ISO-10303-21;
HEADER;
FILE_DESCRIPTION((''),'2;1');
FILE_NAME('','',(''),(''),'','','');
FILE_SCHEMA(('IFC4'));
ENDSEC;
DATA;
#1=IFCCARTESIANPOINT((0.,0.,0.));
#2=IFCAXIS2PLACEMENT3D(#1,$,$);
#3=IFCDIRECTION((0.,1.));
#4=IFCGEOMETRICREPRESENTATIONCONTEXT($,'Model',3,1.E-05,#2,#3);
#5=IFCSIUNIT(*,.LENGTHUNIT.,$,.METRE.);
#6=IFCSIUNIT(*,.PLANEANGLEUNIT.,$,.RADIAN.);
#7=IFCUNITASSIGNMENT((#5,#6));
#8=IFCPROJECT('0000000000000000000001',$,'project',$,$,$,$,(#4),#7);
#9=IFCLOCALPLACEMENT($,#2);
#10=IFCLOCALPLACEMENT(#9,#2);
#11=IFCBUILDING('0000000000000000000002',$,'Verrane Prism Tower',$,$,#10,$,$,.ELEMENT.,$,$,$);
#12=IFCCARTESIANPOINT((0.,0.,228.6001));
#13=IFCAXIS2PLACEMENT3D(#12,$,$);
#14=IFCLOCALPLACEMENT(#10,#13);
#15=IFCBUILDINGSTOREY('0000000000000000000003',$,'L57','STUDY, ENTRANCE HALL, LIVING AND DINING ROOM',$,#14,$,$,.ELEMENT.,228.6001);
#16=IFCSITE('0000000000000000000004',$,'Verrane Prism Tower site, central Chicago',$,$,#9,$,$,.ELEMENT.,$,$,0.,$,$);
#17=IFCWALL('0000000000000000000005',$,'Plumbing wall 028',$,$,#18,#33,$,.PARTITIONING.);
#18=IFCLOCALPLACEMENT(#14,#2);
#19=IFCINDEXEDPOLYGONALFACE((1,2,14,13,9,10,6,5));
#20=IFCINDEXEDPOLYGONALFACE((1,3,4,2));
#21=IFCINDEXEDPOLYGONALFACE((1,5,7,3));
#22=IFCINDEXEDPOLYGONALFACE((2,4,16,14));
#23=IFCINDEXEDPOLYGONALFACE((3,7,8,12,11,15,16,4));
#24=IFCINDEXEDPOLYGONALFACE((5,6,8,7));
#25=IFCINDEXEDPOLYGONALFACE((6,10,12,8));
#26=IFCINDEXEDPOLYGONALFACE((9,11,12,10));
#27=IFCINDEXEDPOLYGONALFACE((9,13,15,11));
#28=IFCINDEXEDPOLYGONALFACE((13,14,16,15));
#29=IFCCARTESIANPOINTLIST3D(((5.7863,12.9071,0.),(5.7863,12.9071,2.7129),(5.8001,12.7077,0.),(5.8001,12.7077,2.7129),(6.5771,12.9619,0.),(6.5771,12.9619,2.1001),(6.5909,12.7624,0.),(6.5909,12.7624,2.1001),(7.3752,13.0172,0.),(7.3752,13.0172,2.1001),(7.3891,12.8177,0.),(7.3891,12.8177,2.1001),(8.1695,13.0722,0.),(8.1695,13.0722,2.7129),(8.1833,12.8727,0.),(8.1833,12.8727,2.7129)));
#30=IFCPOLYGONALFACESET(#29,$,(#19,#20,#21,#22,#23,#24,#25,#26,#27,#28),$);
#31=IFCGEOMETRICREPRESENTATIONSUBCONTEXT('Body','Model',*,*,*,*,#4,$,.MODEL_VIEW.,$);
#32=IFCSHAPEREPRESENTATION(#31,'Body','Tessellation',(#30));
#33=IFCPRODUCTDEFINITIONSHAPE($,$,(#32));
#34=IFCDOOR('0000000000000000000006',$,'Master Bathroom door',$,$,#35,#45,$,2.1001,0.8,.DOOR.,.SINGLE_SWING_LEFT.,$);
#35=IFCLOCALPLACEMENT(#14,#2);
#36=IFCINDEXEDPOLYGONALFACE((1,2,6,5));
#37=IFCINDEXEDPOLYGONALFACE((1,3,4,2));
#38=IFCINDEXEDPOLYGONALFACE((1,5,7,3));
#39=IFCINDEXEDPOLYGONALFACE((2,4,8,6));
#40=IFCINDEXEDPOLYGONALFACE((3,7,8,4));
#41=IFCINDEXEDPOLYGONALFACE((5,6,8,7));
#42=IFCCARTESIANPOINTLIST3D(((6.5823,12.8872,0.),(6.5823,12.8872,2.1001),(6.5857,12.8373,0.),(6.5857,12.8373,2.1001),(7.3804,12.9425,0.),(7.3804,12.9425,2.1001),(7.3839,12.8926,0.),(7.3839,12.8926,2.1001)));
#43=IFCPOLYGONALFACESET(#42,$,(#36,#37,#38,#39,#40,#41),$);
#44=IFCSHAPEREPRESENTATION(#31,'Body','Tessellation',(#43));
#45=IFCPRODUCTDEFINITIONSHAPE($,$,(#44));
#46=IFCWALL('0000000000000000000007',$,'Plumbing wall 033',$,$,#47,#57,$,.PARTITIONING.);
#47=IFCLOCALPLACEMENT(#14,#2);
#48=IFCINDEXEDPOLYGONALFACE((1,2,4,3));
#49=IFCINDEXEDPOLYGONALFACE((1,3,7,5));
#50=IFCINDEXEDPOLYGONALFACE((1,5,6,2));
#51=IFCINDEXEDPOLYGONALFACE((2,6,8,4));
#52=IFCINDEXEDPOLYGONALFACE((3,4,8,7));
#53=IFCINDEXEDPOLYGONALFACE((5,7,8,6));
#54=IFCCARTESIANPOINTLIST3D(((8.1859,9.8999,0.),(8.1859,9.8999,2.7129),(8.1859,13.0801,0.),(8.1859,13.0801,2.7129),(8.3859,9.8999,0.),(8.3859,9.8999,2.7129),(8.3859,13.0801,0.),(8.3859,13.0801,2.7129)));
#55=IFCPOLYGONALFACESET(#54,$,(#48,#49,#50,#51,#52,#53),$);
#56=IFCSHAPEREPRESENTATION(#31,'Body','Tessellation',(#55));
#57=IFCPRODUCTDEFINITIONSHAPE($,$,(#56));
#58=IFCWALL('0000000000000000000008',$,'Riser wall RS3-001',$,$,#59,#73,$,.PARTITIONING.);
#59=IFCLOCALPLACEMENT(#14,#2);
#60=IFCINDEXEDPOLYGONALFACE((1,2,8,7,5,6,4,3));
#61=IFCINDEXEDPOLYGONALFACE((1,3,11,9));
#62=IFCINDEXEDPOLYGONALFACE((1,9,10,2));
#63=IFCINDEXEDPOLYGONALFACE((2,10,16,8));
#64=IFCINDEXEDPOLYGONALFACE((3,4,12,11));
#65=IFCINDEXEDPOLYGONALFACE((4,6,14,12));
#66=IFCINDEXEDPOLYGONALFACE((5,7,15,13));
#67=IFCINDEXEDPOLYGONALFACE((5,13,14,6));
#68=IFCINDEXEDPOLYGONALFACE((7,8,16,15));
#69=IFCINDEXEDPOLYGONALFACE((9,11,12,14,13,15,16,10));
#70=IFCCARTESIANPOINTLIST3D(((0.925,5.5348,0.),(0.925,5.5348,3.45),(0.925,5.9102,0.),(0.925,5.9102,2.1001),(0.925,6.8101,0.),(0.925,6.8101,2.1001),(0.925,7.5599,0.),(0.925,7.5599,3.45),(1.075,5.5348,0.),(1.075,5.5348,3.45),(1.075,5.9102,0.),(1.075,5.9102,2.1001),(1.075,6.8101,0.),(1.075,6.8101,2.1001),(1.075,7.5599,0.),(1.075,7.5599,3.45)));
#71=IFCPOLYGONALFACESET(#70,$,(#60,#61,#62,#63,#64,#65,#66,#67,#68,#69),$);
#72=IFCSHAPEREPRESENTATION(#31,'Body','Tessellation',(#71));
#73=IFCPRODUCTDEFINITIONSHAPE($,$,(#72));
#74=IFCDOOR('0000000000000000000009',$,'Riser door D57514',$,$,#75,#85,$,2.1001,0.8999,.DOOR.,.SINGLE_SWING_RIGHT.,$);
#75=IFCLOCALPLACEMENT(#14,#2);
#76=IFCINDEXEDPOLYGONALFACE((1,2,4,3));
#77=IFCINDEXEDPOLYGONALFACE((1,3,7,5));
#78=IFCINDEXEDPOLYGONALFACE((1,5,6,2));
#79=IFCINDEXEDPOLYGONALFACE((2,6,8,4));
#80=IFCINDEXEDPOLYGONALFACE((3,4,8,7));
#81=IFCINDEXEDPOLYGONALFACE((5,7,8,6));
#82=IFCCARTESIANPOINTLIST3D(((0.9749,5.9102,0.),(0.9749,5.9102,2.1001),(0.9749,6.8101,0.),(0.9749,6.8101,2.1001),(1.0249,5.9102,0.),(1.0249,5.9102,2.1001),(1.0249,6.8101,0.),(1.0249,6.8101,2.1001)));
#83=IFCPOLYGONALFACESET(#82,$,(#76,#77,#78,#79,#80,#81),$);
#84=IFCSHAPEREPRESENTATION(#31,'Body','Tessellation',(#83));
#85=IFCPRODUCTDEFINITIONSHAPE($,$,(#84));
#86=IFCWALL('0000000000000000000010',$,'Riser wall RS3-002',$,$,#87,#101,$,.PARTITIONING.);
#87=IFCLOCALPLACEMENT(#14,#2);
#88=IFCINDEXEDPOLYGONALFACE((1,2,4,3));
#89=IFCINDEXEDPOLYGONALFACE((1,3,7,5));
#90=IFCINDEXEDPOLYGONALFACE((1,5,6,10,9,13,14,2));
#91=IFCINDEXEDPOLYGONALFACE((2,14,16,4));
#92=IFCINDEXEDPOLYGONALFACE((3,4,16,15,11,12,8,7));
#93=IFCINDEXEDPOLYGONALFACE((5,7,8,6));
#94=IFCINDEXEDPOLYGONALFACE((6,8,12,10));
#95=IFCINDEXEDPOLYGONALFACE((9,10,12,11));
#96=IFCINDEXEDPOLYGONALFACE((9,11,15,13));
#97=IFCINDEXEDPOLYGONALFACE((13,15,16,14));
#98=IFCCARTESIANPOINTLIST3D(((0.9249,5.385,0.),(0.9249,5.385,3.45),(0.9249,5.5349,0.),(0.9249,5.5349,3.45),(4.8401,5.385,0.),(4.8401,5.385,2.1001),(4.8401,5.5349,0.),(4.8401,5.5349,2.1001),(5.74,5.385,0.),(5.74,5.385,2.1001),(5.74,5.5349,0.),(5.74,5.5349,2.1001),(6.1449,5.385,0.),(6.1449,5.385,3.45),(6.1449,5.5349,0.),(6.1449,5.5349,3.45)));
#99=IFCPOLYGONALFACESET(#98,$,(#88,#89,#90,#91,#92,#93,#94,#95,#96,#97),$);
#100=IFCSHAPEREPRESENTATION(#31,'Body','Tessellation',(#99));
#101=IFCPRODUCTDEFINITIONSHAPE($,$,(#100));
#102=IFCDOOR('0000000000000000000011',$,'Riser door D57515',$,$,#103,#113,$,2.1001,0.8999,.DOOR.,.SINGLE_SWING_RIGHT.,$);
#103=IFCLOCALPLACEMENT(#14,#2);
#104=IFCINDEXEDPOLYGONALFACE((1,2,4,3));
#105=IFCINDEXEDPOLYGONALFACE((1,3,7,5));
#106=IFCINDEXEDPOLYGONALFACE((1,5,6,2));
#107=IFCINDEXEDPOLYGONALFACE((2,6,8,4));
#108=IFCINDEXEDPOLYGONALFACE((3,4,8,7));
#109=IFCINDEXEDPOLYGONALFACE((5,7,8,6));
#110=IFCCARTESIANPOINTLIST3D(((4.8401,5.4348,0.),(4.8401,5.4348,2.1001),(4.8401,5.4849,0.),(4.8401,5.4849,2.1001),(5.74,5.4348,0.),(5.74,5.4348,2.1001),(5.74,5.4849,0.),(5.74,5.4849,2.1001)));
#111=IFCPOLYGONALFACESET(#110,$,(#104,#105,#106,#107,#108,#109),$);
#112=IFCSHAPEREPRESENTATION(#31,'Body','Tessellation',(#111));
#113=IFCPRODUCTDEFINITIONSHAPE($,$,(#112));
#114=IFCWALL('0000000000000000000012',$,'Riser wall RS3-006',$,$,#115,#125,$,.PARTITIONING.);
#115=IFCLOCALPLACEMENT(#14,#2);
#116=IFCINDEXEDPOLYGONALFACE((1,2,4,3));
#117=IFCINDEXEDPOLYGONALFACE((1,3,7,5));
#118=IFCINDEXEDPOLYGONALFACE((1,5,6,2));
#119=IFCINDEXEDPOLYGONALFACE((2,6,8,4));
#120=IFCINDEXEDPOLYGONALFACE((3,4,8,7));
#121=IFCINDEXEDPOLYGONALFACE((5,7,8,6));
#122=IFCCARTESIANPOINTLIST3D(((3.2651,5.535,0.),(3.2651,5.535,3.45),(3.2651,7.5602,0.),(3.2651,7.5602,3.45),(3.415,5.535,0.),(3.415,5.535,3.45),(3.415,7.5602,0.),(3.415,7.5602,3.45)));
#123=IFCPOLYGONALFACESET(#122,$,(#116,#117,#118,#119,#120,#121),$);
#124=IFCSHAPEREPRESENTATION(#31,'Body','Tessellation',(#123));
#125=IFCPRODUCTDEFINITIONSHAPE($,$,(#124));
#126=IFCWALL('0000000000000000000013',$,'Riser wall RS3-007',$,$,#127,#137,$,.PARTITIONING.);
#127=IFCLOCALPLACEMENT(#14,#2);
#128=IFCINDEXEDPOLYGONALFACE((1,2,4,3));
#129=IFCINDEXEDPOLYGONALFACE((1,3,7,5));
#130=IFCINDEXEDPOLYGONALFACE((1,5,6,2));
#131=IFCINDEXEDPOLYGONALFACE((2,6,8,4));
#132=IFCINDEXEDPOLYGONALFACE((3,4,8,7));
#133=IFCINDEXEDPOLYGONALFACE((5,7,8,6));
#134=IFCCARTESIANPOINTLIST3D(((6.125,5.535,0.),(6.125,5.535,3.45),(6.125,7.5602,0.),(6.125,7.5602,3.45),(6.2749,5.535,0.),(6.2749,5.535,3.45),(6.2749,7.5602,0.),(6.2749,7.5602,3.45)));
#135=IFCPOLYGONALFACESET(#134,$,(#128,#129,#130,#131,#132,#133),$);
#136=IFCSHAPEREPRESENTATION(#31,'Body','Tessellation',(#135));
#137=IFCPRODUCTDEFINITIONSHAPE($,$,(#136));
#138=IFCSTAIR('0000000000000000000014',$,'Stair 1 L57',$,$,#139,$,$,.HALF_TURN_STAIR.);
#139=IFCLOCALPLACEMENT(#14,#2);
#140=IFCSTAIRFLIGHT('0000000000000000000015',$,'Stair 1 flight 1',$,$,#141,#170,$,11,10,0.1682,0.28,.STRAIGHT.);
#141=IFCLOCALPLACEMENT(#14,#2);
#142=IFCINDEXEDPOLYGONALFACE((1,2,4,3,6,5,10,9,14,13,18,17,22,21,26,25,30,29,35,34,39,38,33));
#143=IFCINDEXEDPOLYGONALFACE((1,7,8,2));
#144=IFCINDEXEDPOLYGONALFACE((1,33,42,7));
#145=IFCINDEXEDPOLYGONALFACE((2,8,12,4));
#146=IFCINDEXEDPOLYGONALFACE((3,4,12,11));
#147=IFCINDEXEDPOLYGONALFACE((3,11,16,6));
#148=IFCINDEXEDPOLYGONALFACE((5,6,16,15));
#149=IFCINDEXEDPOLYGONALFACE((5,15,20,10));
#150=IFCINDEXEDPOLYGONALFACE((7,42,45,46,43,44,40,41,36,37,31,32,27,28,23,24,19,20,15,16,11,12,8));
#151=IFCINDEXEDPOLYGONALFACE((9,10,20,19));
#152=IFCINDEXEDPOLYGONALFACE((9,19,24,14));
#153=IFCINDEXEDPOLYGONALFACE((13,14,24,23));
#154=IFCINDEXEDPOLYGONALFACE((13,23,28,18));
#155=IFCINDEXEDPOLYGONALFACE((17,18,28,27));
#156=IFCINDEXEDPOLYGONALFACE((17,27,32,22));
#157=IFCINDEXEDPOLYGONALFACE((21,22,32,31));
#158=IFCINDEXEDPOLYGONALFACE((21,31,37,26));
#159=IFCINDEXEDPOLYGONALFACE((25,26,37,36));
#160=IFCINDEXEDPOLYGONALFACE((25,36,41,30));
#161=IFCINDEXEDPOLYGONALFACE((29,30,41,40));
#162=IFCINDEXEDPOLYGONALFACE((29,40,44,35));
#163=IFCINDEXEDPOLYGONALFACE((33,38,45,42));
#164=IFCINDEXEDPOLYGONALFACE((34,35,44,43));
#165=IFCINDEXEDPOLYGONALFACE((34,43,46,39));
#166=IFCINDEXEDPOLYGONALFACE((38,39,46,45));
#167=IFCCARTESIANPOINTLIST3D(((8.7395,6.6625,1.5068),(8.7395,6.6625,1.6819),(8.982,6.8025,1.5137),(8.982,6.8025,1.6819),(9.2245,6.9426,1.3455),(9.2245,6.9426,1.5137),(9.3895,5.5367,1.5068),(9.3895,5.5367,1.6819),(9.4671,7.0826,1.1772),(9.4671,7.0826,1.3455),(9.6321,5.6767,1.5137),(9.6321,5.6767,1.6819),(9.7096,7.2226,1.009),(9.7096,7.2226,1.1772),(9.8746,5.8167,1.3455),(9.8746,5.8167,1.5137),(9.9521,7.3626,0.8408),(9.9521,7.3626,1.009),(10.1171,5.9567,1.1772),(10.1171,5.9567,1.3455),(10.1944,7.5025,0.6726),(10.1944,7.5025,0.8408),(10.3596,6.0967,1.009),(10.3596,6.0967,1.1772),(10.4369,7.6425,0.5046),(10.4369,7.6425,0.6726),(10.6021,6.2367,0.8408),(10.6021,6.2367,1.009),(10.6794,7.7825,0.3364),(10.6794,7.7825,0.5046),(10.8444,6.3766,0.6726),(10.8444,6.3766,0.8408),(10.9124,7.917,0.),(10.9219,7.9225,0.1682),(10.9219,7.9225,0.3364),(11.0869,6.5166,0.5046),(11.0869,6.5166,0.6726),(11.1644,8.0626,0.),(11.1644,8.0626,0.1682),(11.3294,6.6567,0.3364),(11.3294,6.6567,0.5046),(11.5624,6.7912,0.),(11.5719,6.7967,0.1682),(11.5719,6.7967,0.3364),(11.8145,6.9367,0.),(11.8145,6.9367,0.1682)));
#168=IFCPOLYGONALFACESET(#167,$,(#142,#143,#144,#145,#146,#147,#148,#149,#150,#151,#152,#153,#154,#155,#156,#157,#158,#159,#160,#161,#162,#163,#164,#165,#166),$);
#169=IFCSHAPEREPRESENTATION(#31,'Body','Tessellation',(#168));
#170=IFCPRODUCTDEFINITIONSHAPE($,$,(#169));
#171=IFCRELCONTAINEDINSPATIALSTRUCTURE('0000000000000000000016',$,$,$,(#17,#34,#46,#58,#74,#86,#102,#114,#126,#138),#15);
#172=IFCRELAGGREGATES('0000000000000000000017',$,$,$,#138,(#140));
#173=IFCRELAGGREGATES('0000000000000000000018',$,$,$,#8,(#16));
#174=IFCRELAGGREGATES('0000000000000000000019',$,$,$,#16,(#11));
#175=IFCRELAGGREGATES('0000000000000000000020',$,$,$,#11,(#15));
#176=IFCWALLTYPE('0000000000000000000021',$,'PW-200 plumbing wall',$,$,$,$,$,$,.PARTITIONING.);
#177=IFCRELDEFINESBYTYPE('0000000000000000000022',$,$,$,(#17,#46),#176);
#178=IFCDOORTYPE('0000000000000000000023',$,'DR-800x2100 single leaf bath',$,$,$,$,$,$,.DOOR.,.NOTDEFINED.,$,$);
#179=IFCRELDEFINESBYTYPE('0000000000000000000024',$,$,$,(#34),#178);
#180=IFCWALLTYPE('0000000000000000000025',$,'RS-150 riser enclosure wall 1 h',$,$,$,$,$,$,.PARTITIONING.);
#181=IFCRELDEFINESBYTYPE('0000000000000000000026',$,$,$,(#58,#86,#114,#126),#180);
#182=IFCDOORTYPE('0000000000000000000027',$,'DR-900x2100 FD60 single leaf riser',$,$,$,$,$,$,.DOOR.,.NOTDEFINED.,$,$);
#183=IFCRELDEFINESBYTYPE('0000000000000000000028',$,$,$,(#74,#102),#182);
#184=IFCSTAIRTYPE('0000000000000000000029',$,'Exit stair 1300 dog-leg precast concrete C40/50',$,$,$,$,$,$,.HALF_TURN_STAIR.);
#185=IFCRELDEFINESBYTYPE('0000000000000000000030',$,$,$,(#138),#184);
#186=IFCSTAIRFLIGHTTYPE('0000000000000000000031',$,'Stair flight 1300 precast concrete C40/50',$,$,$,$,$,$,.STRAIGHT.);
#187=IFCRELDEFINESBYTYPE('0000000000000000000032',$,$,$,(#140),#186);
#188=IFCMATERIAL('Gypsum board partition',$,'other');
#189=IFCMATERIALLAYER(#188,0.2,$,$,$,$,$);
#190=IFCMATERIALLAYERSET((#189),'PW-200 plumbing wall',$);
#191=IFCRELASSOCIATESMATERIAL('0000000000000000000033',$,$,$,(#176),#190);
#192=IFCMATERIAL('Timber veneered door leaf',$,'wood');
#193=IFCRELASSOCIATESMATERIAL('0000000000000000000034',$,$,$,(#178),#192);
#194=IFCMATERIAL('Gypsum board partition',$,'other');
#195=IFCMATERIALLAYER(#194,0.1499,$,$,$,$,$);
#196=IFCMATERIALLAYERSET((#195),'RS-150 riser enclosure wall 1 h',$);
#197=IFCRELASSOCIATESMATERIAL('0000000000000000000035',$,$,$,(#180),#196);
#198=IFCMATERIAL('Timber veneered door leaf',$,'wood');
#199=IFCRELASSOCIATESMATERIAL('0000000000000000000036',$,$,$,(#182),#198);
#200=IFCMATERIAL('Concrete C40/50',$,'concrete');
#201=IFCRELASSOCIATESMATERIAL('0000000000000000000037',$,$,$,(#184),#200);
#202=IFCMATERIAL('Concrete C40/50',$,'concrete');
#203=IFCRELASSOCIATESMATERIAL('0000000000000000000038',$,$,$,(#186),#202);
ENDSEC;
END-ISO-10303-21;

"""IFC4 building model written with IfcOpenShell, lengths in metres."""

from ifc_helpers import new_model, si_unit, direction, frame, frame_2d, origin, place, context, subcontext, project, spatial, polyline, rectangle, outline, extrude, material, layer, layer_set, type_object, element, fill, aggregate, save


model = new_model("IFC4")

# Units and contexts
model_context = context("Model", 3, precision=1e-05, world=origin(), true_north=direction((0.0, 1.0)))
body_context = subcontext(model_context, "Body", "Model", "MODEL_VIEW")
ifc_project = project(units=[si_unit("LENGTHUNIT", "METRE"), si_unit("PLANEANGLEUNIT", "RADIAN")], contexts=[model_context])

# Site, building, storey
site_placement = place(None, origin())
site = spatial("IfcSite", under=ifc_project, at=site_placement, Name="Verrane Prism Tower site, central Chicago", CompositionType="ELEMENT", RefElevation=0.0)
building_placement = place(site_placement, origin())
building = spatial("IfcBuilding", under=site, at=building_placement, Name="Verrane Prism Tower", CompositionType="ELEMENT")
storey_placement = place(building_placement, frame((0.0, 0.0, 228.6001)))
storey = spatial("IfcBuildingStorey", under=building, at=storey_placement, Name="L57", Description="STUDY, ENTRANCE HALL, LIVING AND DINING ROOM", CompositionType="ELEMENT", Elevation=228.6001)

# Shared definitions
ifc_material_1 = material(Name="Gypsum board partition", Category="other")
ifc_layer_1 = layer(ifc_material_1, 0.2)
ifc_layer_set_1 = layer_set([ifc_layer_1], Name="PW-200 plumbing wall")
wall_type_1 = type_object("IfcWallType", Name="PW-200 plumbing wall", PredefinedType="PARTITIONING", material=ifc_layer_set_1)

# Shared definitions
ifc_material_2 = material(Name="Timber veneered door leaf", Category="wood")
door_type_1 = type_object("IfcDoorType", Name="DR-800x2100 single leaf bath", OperationType="NOTDEFINED", PredefinedType="DOOR", material=ifc_material_2)

# Wall, opening, door
wall_1_placement = place(storey_placement, frame((8.1763, 12.9724, 0.0), z_axis=(0.0, 0.0, 1.0), x_axis=(-0.997611, -0.069083, 0.0)))
wall_1 = element("IfcWall", 1, at=wall_1_placement, inside=storey, type_object=wall_type_1, Name="Plumbing wall 028", PredefinedType="PARTITIONING", context=body_context, shape_type="SweptSolid", body=[
    extrude(rectangle(XDim=2.3889, YDim=0.2, at=frame_2d((1.1943, 0.0))), origin(), (0.0, 0.0, 1.0), 2.7129),
])
opening_1_placement = place(wall_1_placement, frame((0.7961, 0.0, 0.0)))
opening_1 = element("IfcOpeningElement", 2, at=opening_1_placement, cuts=wall_1, PredefinedType="OPENING", context=body_context, shape_type="SweptSolid", body=[
    extrude(rectangle(XDim=0.8, YDim=2.1001, at=frame_2d((0.3999, 1.05))), frame((0.0, 0.1099, 0.0), z_axis=(0.0, -1.0, 0.0), x_axis=(1.0, 0.0, 0.0)), (0.0, 0.0, 1.0), 0.22),
])
door_1_placement = place(opening_1_placement, origin())
door_1 = element("IfcDoor", 3, at=door_1_placement, inside=storey, type_object=door_type_1, Name="Master Bathroom door", OperationType="SINGLE_SWING_LEFT", OverallHeight=2.1001, OverallWidth=0.8, PredefinedType="DOOR", context=body_context, shape_type="SweptSolid", body=[
    extrude(rectangle(XDim=0.8, YDim=2.1001, at=frame_2d((0.3999, 1.05))), frame((0.0, 0.0249, 0.0), z_axis=(0.0, -1.0, 0.0), x_axis=(1.0, 0.0, 0.0)), (0.0, 0.0, 1.0), 0.05),
])
fill(opening_1, door_1)

# Wall
wall_2_placement = place(storey_placement, frame((8.2859, 9.8999, 0.0), z_axis=(0.0, 0.0, 1.0), x_axis=(0.0, 1.0, 0.0)))
element("IfcWall", 4, at=wall_2_placement, inside=storey, type_object=wall_type_1, Name="Plumbing wall 033", PredefinedType="PARTITIONING", context=body_context, shape_type="SweptSolid", body=[
    extrude(rectangle(XDim=3.1802, YDim=0.2, at=frame_2d((1.5901, 0.0))), origin(), (0.0, 0.0, 1.0), 2.7129),
])

# Walls, openings, doors
ifc_material_3 = material(Name="Gypsum board partition", Category="other")
ifc_layer_2 = layer(ifc_material_3, 0.1499)
ifc_layer_set_2 = layer_set([ifc_layer_2], Name="RS-150 riser enclosure wall 1 h")
wall_type_2 = type_object("IfcWallType", Name="RS-150 riser enclosure wall 1 h", PredefinedType="PARTITIONING", material=ifc_layer_set_2)
wall_3_placement = place(storey_placement, frame((1.0, 7.5601, 0.0), z_axis=(0.0, 0.0, 1.0), x_axis=(0.0, -1.0, 0.0)))
wall_3 = element("IfcWall", 5, at=wall_3_placement, inside=storey, type_object=wall_type_2, Name="Riser wall RS3-001", PredefinedType="PARTITIONING", context=body_context, shape_type="SweptSolid", body=[
    extrude(rectangle(XDim=2.0251, YDim=0.1499, at=frame_2d((1.0127, 0.0))), origin(), (0.0, 0.0, 1.0), 3.45),
])
opening_2_placement = place(wall_3_placement, frame((0.75, 0.0, 0.0)))
opening_2 = element("IfcOpeningElement", 6, at=opening_2_placement, cuts=wall_3, PredefinedType="OPENING", context=body_context, shape_type="SweptSolid", body=[
    extrude(rectangle(XDim=0.8999, YDim=2.1001, at=frame_2d((0.45, 1.05))), frame((0.0, 0.085, 0.0), z_axis=(0.0, -1.0, 0.0), x_axis=(1.0, 0.0, 0.0)), (0.0, 0.0, 1.0), 0.1699),
])
ifc_material_4 = material(Name="Timber veneered door leaf", Category="wood")
door_type_2 = type_object("IfcDoorType", Name="DR-900x2100 FD60 single leaf riser", OperationType="NOTDEFINED", PredefinedType="DOOR", material=ifc_material_4)
door_2_placement = place(opening_2_placement, origin())
door_2 = element("IfcDoor", 7, at=door_2_placement, inside=storey, type_object=door_type_2, Name="Riser door D57514", OperationType="SINGLE_SWING_RIGHT", OverallHeight=2.1001, OverallWidth=0.8999, PredefinedType="DOOR", context=body_context, shape_type="SweptSolid", body=[
    extrude(rectangle(XDim=0.8999, YDim=2.1001, at=frame_2d((0.45, 1.05))), frame((0.0, 0.0249, 0.0), z_axis=(0.0, -1.0, 0.0), x_axis=(1.0, 0.0, 0.0)), (0.0, 0.0, 1.0), 0.05),
])
fill(opening_2, door_2)
wall_4_placement = place(storey_placement, frame((0.925, 5.46, 0.0), z_axis=(0.0, 0.0, 1.0), x_axis=(1.0, 0.0, 0.0)))
wall_4 = element("IfcWall", 8, at=wall_4_placement, inside=storey, type_object=wall_type_2, Name="Riser wall RS3-002", PredefinedType="PARTITIONING", context=body_context, shape_type="SweptSolid", body=[
    extrude(rectangle(XDim=5.22, YDim=0.1499, at=frame_2d((2.6099, 0.0))), origin(), (0.0, 0.0, 1.0), 3.45),
])
opening_3_placement = place(wall_4_placement, frame((3.915, 0.0, 0.0)))
opening_3 = element("IfcOpeningElement", 9, at=opening_3_placement, cuts=wall_4, PredefinedType="OPENING", context=body_context, shape_type="SweptSolid", body=[
    extrude(rectangle(XDim=0.8999, YDim=2.1001, at=frame_2d((0.45, 1.05))), frame((0.0, 0.085, 0.0), z_axis=(0.0, -1.0, 0.0), x_axis=(1.0, 0.0, 0.0)), (0.0, 0.0, 1.0), 0.1699),
])
door_3_placement = place(opening_3_placement, origin())
door_3 = element("IfcDoor", 10, at=door_3_placement, inside=storey, type_object=door_type_2, Name="Riser door D57515", OperationType="SINGLE_SWING_RIGHT", OverallHeight=2.1001, OverallWidth=0.8999, PredefinedType="DOOR", context=body_context, shape_type="SweptSolid", body=[
    extrude(rectangle(XDim=0.8999, YDim=2.1001, at=frame_2d((0.45, 1.05))), frame((0.0, 0.0249, 0.0), z_axis=(0.0, -1.0, 0.0), x_axis=(1.0, 0.0, 0.0)), (0.0, 0.0, 1.0), 0.05),
])
fill(opening_3, door_3)

# Walls
for number, where, z_axis, x_axis, name in (
    (11, (3.3401, 5.5349, 0.0), (0.0, 0.0, 1.0), (0.0, 1.0, 0.0), "Riser wall RS3-006"),
    (12, (6.2, 5.5349, 0.0), (0.0, 0.0, 1.0), (0.0, 1.0, 0.0), "Riser wall RS3-007"),
):
    element("IfcWall", number, at=place(storey_placement, frame(where, z_axis=z_axis, x_axis=x_axis)), inside=storey, type_object=wall_type_2, Name=name, PredefinedType="PARTITIONING", context=body_context, shape_type="SweptSolid", body=[
        extrude(rectangle(XDim=2.0251, YDim=0.1499, at=frame_2d((1.0127, 0.0))), origin(), (0.0, 0.0, 1.0), 3.45),
    ])

# Stair, stair flight
ifc_material_5 = material(Name="Concrete C40/50", Category="concrete")
stair_type = type_object("IfcStairType", Name="Exit stair 1300 dog-leg precast concrete C40/50", PredefinedType="HALF_TURN_STAIR", material=ifc_material_5)
stair_placement = place(storey_placement, origin())
stair = element("IfcStair", 13, at=stair_placement, inside=storey, type_object=stair_type, Name="Stair 1 L57", PredefinedType="HALF_TURN_STAIR")
ifc_material_6 = material(Name="Concrete C40/50", Category="concrete")
stair_flight_type = type_object("IfcStairFlightType", Name="Stair flight 1300 precast concrete C40/50", PredefinedType="STRAIGHT", material=ifc_material_6)
stair_flight_placement = place(storey_placement, frame((11.4895, 7.4995, 0.0), z_axis=(0.0, 0.0, 1.0), x_axis=(-0.866025, -0.5, 0.0)))
stair_flight = element("IfcStairFlight", 14, at=stair_flight_placement, type_object=stair_flight_type, Name="Stair 1 flight 1", NumberOfRisers=11, NumberOfTreads=10, PredefinedType="STRAIGHT", RiserHeight=0.1682, TreadLength=0.28, context=body_context, shape_type="SweptSolid", body=[
    extrude(outline(polyline([(0.0, 0.0), (0.0, 0.1682), (0.28, 0.1682), (0.28, 0.3364), (0.5601, 0.3364), (0.5601, 0.5046), (0.8401, 0.5046), (0.8401, 0.6726), (1.1201, 0.6726), (1.1201, 0.8408), (1.3999, 0.8408), (1.3999, 1.009), (1.6799, 1.009), (1.6799, 1.1772), (1.96, 1.1772), (1.96, 1.3455), (2.24, 1.3455), (2.24, 1.5137), (2.52, 1.5137), (2.52, 1.6819), (2.8, 1.6819), (2.8, 1.8501), (2.8, 1.5068), (0.291, 0.0), (0.0, 0.0)])), frame((0.0, 0.6499, 0.0), z_axis=(0.0, -1.0, 0.0), x_axis=(1.0, 0.0, 0.0)), (0.0, 0.0, 1.0), 1.3),
])
aggregate(stair, [stair_flight])

save(model, "model.ifc")
